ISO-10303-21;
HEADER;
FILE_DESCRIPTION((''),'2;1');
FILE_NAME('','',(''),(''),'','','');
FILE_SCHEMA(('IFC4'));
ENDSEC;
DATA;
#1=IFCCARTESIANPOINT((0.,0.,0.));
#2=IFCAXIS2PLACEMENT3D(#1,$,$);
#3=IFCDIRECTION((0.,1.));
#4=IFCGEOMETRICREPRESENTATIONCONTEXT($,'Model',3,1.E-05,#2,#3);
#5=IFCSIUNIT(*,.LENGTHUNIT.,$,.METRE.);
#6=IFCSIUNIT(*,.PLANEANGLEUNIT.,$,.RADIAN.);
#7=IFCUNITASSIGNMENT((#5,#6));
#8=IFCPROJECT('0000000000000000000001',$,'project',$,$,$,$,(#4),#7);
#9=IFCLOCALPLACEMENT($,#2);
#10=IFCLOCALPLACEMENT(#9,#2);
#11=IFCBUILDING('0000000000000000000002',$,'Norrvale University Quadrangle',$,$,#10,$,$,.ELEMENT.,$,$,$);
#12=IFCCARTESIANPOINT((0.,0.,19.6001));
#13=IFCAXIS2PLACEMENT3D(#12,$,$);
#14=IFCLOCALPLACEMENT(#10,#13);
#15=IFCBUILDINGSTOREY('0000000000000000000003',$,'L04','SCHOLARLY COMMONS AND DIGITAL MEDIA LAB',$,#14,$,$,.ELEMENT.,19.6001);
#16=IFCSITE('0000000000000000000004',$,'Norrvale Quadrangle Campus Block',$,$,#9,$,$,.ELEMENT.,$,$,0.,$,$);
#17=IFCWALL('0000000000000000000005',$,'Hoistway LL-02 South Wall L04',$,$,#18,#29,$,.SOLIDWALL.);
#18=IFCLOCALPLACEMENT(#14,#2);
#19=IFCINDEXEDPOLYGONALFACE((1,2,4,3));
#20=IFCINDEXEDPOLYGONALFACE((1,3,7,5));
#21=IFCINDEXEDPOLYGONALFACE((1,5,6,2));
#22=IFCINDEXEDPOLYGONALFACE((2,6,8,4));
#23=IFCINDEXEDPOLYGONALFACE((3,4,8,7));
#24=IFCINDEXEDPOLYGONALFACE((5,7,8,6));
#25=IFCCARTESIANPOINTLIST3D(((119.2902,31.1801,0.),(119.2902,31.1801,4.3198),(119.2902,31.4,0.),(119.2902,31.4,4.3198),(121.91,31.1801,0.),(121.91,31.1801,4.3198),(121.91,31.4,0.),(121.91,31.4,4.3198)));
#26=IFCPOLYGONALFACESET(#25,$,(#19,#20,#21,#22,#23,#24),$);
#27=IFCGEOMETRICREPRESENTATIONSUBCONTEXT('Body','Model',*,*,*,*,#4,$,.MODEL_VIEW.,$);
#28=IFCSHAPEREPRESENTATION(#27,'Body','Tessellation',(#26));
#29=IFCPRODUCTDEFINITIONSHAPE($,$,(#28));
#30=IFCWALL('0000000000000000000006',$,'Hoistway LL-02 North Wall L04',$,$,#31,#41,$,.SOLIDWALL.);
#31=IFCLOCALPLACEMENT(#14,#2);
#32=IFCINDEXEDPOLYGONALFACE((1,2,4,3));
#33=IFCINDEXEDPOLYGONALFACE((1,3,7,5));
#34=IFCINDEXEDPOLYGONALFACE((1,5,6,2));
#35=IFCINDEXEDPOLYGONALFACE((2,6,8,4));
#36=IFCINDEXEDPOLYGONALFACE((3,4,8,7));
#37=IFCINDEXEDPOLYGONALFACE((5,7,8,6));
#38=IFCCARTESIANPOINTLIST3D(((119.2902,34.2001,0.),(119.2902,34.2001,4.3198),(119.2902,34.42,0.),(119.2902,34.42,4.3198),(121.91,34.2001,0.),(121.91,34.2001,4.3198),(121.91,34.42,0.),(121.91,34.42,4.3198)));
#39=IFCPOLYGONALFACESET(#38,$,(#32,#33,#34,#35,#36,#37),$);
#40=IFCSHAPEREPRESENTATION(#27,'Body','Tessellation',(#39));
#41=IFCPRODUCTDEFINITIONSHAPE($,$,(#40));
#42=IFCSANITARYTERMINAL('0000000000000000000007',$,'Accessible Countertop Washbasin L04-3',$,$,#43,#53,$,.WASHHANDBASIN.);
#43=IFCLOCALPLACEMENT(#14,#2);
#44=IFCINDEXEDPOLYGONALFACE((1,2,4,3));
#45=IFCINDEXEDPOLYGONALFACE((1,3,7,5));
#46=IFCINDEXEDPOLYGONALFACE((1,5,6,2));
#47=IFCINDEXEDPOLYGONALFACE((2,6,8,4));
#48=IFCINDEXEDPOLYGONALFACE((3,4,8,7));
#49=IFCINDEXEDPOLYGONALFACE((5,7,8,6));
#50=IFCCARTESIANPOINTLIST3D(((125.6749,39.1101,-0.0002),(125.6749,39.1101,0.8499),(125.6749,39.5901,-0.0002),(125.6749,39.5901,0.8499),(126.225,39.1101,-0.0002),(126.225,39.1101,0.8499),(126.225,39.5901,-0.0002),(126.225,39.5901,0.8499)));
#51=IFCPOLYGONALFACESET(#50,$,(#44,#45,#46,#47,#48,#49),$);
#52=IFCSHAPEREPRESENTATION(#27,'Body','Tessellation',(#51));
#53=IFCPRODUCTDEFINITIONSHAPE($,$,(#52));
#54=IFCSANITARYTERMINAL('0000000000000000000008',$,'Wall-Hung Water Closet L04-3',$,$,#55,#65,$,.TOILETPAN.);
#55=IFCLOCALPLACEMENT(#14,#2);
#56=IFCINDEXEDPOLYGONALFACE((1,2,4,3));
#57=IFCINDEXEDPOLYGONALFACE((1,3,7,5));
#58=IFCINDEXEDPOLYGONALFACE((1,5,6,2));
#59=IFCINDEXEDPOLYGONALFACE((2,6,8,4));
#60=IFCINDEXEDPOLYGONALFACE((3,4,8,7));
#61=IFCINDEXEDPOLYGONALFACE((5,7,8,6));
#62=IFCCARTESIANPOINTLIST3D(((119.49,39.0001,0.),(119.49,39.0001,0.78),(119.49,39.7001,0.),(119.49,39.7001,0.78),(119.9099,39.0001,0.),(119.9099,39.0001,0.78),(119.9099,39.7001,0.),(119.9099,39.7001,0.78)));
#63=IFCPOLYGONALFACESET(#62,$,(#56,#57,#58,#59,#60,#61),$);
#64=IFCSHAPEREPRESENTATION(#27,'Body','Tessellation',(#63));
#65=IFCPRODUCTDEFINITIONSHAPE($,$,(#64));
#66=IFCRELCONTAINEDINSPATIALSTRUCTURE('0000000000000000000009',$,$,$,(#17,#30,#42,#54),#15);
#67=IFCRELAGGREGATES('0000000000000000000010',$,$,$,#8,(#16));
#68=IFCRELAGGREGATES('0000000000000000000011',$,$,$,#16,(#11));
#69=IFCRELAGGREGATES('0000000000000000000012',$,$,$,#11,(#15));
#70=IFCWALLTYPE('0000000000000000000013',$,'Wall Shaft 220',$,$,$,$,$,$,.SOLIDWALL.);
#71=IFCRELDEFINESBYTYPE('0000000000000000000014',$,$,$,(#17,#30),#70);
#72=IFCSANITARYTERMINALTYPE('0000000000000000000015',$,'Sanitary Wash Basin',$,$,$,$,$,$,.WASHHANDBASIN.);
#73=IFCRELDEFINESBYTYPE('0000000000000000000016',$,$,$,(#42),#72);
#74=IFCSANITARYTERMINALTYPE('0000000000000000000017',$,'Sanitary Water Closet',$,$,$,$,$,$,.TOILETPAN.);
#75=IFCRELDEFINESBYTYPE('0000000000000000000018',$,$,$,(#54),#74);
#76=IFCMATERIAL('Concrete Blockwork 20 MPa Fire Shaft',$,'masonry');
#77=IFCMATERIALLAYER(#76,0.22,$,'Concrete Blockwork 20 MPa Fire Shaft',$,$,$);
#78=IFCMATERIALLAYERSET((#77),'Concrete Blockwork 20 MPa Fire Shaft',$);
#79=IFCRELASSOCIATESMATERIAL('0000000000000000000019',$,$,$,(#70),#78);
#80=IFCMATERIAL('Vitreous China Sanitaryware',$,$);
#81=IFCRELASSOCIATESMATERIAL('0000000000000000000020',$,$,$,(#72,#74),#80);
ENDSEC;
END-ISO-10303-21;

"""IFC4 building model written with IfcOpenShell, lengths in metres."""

from ifc_helpers import new_model, si_unit, direction, frame, frame_2d, origin, origin_2d, place, context, subcontext, project, spatial, rectangle, extrude, material, layer, layer_set, type_object, element, save


model = new_model("IFC4")

# Units and contexts
model_context = context("Model", 3, precision=1e-05, world=origin(), true_north=direction((0.0, 1.0)))
body_context = subcontext(model_context, "Body", "Model", "MODEL_VIEW")
ifc_project = project(units=[si_unit("LENGTHUNIT", "METRE"), si_unit("PLANEANGLEUNIT", "RADIAN")], contexts=[model_context])

# Site, building, storey
site_placement = place(None, origin())
site = spatial("IfcSite", under=ifc_project, at=site_placement, Name="Norrvale Quadrangle Campus Block", CompositionType="ELEMENT", RefElevation=0.0)
building_placement = place(site_placement, origin())
building = spatial("IfcBuilding", under=site, at=building_placement, Name="Norrvale University Quadrangle", CompositionType="ELEMENT")
storey_placement = place(building_placement, frame((0.0, 0.0, 19.6001)))
storey = spatial("IfcBuildingStorey", under=building, at=storey_placement, Name="L04", Description="SCHOLARLY COMMONS AND DIGITAL MEDIA LAB", CompositionType="ELEMENT", Elevation=19.6001)

# Shared definitions
ifc_material_1 = material(Name="Concrete Blockwork 20 MPa Fire Shaft", Category="masonry")
ifc_layer_1 = layer(ifc_material_1, 0.22, Name="Concrete Blockwork 20 MPa Fire Shaft")
ifc_layer_set_1 = layer_set([ifc_layer_1], Name="Concrete Blockwork 20 MPa Fire Shaft")
wall_type_1 = type_object("IfcWallType", Name="Wall Shaft 220", PredefinedType="SOLIDWALL", material=ifc_layer_set_1)

# Walls
for number, where, z_axis, x_axis, name in (
    (1, (119.29, 31.29, 0.0), (0.0, 0.0, 1.0), (1.0, 0.0, 0.0), "Hoistway LL-02 South Wall L04"),
    (2, (119.29, 34.3101, 0.0), (0.0, 0.0, 1.0), (1.0, 0.0, 0.0), "Hoistway LL-02 North Wall L04"),
):
    element("IfcWall", number, at=place(storey_placement, frame(where, z_axis=z_axis, x_axis=x_axis)), inside=storey, type_object=wall_type_1, Name=name, PredefinedType="SOLIDWALL", context=body_context, shape_type="SweptSolid", body=[
        extrude(rectangle(XDim=2.6199, YDim=0.22, at=frame_2d((1.3101, 0.0))), origin(), (0.0, 0.0, 1.0), 4.3198),
    ])

# Sanitary terminals
ifc_material_2 = material(Name="Vitreous China Sanitaryware")
sanitary_terminal_type_1 = type_object("IfcSanitaryTerminalType", Name="Sanitary Wash Basin", PredefinedType="WASHHANDBASIN", material=ifc_material_2)
sanitary_terminal_1_placement = place(storey_placement, frame((125.95, 39.3501, -0.0002), z_axis=(0.0, 0.0, 1.0), x_axis=(1.0, 0.0, 0.0)))
element("IfcSanitaryTerminal", 3, at=sanitary_terminal_1_placement, inside=storey, type_object=sanitary_terminal_type_1, Name="Accessible Countertop Washbasin L04-3", PredefinedType="WASHHANDBASIN", context=body_context, shape_type="SweptSolid", body=[
    extrude(rectangle(XDim=0.55, YDim=0.48, at=origin_2d()), origin(), (0.0, 0.0, 1.0), 0.8501),
])
sanitary_terminal_type_2 = type_object("IfcSanitaryTerminalType", Name="Sanitary Water Closet", PredefinedType="TOILETPAN", material=ifc_material_2)
sanitary_terminal_2_placement = place(storey_placement, frame((119.7, 39.3501, 0.0), z_axis=(0.0, 0.0, 1.0), x_axis=(1.0, 0.0, 0.0)))
element("IfcSanitaryTerminal", 4, at=sanitary_terminal_2_placement, inside=storey, type_object=sanitary_terminal_type_2, Name="Wall-Hung Water Closet L04-3", PredefinedType="TOILETPAN", context=body_context, shape_type="SweptSolid", body=[
    extrude(rectangle(XDim=0.4199, YDim=0.7, at=origin_2d()), origin(), (0.0, 0.0, 1.0), 0.78),
])

save(model, "model.ifc")
